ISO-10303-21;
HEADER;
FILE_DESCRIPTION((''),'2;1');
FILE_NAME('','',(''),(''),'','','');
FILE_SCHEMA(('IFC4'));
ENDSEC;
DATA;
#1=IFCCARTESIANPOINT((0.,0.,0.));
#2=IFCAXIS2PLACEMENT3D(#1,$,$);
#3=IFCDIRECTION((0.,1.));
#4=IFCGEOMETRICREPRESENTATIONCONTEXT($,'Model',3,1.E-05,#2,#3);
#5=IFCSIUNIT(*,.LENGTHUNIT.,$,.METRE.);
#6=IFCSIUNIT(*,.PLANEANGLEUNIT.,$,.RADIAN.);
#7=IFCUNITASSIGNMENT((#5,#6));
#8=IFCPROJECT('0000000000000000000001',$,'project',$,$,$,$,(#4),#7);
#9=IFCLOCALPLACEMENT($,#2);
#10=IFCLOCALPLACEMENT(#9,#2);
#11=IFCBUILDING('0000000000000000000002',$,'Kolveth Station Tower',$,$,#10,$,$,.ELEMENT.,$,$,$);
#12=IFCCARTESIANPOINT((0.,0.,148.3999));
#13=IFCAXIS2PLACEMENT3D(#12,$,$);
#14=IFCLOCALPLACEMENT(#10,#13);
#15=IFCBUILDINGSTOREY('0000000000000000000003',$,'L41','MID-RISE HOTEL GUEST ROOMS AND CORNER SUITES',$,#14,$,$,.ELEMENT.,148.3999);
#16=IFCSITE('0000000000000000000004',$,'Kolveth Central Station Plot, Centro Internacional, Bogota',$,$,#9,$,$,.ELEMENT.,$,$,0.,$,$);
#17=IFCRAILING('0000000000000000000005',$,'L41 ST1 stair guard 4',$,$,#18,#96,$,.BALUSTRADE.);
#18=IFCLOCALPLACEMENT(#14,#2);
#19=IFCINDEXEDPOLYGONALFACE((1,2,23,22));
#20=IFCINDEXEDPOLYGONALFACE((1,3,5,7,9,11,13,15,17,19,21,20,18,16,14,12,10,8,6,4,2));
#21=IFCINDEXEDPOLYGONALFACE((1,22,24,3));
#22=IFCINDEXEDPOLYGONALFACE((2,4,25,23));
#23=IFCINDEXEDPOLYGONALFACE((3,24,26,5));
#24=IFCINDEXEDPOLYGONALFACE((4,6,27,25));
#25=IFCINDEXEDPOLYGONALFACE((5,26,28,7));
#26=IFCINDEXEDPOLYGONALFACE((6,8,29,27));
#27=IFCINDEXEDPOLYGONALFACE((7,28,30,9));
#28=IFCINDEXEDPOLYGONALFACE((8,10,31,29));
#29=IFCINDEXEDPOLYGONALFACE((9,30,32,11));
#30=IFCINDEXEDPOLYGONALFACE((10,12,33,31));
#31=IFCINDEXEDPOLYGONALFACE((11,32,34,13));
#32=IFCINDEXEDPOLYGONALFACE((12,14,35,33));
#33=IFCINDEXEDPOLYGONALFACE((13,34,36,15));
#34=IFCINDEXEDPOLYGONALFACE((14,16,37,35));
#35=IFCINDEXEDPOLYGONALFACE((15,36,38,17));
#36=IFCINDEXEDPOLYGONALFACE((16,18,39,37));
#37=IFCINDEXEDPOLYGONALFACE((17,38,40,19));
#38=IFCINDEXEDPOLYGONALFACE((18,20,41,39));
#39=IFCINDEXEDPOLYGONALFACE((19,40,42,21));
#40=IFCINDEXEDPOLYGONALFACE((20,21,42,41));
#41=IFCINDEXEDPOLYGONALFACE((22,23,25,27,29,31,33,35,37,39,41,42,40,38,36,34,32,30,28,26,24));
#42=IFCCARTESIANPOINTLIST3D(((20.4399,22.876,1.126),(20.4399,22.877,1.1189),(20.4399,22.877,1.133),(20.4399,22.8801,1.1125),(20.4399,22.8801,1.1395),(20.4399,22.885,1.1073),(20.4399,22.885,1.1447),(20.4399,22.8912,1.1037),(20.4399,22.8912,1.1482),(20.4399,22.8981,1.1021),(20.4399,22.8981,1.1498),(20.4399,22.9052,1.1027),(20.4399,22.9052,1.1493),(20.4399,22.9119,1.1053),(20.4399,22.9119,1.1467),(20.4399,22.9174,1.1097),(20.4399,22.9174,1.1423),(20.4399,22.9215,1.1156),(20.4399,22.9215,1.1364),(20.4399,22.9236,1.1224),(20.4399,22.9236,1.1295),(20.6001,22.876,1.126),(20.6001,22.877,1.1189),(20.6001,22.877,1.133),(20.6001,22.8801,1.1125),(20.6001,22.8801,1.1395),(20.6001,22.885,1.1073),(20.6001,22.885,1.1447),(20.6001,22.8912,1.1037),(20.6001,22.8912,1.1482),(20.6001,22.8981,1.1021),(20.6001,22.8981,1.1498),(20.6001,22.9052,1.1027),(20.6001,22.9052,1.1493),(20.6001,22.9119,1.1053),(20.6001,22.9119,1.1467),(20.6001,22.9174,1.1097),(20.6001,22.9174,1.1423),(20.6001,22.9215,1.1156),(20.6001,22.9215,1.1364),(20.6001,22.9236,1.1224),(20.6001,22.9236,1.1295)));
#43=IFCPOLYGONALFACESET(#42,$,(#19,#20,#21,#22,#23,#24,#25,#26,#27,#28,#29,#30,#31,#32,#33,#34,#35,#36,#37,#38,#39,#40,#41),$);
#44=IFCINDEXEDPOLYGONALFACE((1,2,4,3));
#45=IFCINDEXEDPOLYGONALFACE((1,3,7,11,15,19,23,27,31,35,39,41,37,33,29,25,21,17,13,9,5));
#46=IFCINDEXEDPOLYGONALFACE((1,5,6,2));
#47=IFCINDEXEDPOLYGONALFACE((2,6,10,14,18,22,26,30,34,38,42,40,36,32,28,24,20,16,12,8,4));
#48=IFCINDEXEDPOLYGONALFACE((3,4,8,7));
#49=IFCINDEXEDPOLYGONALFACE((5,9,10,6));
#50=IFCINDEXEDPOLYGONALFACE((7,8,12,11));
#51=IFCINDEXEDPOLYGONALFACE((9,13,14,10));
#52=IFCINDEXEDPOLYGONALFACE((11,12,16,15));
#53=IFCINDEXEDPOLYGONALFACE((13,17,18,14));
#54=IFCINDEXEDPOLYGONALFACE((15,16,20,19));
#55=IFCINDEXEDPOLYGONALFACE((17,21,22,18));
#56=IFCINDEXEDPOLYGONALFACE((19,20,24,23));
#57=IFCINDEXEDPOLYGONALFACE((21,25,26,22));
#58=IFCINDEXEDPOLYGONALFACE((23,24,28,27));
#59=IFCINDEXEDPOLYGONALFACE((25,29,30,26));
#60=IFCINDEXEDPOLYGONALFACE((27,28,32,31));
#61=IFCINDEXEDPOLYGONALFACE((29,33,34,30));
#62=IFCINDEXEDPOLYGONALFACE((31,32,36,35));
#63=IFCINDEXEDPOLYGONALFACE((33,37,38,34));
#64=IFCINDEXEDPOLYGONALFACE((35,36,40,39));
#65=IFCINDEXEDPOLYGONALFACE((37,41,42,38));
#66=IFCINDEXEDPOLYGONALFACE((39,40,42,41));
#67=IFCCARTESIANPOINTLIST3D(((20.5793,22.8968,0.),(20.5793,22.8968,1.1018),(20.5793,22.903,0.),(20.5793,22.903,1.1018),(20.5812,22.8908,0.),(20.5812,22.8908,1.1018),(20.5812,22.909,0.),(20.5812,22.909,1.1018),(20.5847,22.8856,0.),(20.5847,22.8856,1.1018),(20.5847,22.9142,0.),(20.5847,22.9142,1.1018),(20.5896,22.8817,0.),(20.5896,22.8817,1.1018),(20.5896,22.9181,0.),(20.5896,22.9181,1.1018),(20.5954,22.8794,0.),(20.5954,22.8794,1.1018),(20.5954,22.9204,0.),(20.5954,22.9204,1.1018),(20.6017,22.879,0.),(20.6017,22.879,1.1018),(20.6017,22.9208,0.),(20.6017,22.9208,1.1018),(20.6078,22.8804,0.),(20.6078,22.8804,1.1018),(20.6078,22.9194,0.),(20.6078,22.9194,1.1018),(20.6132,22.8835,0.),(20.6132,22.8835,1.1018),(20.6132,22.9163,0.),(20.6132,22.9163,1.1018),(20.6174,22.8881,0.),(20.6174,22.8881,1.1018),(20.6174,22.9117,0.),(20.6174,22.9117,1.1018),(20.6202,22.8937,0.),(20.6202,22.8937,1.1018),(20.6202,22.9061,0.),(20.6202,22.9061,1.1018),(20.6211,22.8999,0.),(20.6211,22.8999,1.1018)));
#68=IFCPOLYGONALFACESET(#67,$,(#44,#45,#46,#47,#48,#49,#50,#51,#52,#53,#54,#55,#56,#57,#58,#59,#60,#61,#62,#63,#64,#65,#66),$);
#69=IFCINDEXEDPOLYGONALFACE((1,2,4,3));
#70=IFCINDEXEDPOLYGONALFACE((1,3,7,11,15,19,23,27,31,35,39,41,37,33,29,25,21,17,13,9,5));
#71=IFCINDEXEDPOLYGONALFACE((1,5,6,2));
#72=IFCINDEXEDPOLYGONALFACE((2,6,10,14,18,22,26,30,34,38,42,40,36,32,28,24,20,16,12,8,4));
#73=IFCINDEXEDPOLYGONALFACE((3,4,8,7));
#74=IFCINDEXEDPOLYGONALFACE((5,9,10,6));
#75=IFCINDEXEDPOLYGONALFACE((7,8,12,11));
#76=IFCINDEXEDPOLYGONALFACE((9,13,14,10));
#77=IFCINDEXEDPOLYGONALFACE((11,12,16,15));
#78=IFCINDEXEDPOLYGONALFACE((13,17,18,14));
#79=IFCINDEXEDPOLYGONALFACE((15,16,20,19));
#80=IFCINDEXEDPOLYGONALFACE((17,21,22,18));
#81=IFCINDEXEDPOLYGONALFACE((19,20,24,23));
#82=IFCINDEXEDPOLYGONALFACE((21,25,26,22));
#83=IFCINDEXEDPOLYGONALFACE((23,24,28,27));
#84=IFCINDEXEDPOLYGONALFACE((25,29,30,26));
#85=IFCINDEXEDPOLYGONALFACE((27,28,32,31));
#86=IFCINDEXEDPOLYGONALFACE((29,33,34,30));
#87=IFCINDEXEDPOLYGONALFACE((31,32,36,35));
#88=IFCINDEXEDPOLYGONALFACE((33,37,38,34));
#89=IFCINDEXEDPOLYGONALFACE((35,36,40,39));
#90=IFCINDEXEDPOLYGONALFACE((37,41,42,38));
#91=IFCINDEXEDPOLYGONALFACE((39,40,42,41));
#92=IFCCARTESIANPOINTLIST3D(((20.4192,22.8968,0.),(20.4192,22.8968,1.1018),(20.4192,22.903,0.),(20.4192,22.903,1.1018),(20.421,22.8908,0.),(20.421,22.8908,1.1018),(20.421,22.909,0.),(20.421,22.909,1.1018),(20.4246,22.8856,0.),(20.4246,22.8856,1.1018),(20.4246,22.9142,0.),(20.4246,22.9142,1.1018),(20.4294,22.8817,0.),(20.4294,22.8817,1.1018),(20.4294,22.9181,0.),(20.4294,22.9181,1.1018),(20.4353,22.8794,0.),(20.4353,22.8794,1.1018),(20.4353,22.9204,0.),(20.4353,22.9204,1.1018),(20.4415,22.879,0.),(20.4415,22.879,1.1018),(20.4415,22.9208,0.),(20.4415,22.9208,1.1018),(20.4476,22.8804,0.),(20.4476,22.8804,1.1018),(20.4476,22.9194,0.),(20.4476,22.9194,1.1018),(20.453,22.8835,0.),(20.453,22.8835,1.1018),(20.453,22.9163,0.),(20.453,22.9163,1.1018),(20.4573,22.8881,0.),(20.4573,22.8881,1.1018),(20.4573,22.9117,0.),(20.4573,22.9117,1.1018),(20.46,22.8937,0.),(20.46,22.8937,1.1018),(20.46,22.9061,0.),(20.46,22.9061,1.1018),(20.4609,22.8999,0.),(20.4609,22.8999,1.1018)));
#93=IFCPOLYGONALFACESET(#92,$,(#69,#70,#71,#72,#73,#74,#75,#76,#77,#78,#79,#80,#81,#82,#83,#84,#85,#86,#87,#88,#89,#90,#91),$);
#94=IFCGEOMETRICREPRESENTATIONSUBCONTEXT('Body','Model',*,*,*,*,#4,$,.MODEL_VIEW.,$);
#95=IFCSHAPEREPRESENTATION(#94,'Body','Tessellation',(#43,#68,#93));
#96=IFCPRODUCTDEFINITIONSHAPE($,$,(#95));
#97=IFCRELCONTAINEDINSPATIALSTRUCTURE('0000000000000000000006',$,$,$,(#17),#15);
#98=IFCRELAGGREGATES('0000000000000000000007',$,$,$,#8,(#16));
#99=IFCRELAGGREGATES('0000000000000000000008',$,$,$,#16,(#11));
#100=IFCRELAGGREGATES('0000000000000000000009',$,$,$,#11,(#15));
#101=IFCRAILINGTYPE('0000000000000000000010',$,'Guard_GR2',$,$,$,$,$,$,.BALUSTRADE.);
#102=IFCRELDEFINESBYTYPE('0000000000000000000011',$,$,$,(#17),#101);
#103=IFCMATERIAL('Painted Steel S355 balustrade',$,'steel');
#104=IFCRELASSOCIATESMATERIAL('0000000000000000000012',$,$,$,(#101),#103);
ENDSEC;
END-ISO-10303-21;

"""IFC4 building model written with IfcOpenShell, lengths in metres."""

from ifc_helpers import new_model, si_unit, direction, frame, origin, origin_2d, place, context, subcontext, project, spatial, circle, extrude, material, type_object, element, save


model = new_model("IFC4")

# Units and contexts
model_context = context("Model", 3, precision=1e-05, world=origin(), true_north=direction((0.0, 1.0)))
body_context = subcontext(model_context, "Body", "Model", "MODEL_VIEW")
ifc_project = project(units=[si_unit("LENGTHUNIT", "METRE"), si_unit("PLANEANGLEUNIT", "RADIAN")], contexts=[model_context])

# Site, building, storey
site_placement = place(None, origin())
site = spatial("IfcSite", under=ifc_project, at=site_placement, Name="Kolveth Central Station Plot, Centro Internacional, Bogota", CompositionType="ELEMENT", RefElevation=0.0)
building_placement = place(site_placement, origin())
building = spatial("IfcBuilding", under=site, at=building_placement, Name="Kolveth Station Tower", CompositionType="ELEMENT")
storey_placement = place(building_placement, frame((0.0, 0.0, 148.3999)))
storey = spatial("IfcBuildingStorey", under=building, at=storey_placement, Name="L41", Description="MID-RISE HOTEL GUEST ROOMS AND CORNER SUITES", CompositionType="ELEMENT", Elevation=148.3999)

# Railing
ifc_material_1 = material(Name="Painted Steel S355 balustrade", Category="steel")
railing_type_1 = type_object("IfcRailingType", Name="Guard_GR2", PredefinedType="BALUSTRADE", material=ifc_material_1)
railing_1_placement = place(storey_placement, frame((20.6001, 22.8999, 0.0)))
element("IfcRailing", 1, at=railing_1_placement, inside=storey, type_object=railing_type_1, Name="L41 ST1 stair guard 4", PredefinedType="BALUSTRADE", context=body_context, shape_type="SweptSolid", body=[
    extrude(circle(Radius=0.0239, at=origin_2d()), frame((0.0, 0.0, 1.126), z_axis=(-1.0, 0.0, 0.0), x_axis=(0.0, -1.0, 0.0)), (0.0, 0.0, 1.0), 0.1602),
    extrude(circle(Radius=0.021, at=origin_2d()), origin(), (0.0, 0.0, 1.0), 1.1018),
    extrude(circle(Radius=0.021, at=origin_2d()), frame((-0.1602, 0.0, 0.0)), (0.0, 0.0, 1.0), 1.1018),
])

save(model, "model.ifc")
